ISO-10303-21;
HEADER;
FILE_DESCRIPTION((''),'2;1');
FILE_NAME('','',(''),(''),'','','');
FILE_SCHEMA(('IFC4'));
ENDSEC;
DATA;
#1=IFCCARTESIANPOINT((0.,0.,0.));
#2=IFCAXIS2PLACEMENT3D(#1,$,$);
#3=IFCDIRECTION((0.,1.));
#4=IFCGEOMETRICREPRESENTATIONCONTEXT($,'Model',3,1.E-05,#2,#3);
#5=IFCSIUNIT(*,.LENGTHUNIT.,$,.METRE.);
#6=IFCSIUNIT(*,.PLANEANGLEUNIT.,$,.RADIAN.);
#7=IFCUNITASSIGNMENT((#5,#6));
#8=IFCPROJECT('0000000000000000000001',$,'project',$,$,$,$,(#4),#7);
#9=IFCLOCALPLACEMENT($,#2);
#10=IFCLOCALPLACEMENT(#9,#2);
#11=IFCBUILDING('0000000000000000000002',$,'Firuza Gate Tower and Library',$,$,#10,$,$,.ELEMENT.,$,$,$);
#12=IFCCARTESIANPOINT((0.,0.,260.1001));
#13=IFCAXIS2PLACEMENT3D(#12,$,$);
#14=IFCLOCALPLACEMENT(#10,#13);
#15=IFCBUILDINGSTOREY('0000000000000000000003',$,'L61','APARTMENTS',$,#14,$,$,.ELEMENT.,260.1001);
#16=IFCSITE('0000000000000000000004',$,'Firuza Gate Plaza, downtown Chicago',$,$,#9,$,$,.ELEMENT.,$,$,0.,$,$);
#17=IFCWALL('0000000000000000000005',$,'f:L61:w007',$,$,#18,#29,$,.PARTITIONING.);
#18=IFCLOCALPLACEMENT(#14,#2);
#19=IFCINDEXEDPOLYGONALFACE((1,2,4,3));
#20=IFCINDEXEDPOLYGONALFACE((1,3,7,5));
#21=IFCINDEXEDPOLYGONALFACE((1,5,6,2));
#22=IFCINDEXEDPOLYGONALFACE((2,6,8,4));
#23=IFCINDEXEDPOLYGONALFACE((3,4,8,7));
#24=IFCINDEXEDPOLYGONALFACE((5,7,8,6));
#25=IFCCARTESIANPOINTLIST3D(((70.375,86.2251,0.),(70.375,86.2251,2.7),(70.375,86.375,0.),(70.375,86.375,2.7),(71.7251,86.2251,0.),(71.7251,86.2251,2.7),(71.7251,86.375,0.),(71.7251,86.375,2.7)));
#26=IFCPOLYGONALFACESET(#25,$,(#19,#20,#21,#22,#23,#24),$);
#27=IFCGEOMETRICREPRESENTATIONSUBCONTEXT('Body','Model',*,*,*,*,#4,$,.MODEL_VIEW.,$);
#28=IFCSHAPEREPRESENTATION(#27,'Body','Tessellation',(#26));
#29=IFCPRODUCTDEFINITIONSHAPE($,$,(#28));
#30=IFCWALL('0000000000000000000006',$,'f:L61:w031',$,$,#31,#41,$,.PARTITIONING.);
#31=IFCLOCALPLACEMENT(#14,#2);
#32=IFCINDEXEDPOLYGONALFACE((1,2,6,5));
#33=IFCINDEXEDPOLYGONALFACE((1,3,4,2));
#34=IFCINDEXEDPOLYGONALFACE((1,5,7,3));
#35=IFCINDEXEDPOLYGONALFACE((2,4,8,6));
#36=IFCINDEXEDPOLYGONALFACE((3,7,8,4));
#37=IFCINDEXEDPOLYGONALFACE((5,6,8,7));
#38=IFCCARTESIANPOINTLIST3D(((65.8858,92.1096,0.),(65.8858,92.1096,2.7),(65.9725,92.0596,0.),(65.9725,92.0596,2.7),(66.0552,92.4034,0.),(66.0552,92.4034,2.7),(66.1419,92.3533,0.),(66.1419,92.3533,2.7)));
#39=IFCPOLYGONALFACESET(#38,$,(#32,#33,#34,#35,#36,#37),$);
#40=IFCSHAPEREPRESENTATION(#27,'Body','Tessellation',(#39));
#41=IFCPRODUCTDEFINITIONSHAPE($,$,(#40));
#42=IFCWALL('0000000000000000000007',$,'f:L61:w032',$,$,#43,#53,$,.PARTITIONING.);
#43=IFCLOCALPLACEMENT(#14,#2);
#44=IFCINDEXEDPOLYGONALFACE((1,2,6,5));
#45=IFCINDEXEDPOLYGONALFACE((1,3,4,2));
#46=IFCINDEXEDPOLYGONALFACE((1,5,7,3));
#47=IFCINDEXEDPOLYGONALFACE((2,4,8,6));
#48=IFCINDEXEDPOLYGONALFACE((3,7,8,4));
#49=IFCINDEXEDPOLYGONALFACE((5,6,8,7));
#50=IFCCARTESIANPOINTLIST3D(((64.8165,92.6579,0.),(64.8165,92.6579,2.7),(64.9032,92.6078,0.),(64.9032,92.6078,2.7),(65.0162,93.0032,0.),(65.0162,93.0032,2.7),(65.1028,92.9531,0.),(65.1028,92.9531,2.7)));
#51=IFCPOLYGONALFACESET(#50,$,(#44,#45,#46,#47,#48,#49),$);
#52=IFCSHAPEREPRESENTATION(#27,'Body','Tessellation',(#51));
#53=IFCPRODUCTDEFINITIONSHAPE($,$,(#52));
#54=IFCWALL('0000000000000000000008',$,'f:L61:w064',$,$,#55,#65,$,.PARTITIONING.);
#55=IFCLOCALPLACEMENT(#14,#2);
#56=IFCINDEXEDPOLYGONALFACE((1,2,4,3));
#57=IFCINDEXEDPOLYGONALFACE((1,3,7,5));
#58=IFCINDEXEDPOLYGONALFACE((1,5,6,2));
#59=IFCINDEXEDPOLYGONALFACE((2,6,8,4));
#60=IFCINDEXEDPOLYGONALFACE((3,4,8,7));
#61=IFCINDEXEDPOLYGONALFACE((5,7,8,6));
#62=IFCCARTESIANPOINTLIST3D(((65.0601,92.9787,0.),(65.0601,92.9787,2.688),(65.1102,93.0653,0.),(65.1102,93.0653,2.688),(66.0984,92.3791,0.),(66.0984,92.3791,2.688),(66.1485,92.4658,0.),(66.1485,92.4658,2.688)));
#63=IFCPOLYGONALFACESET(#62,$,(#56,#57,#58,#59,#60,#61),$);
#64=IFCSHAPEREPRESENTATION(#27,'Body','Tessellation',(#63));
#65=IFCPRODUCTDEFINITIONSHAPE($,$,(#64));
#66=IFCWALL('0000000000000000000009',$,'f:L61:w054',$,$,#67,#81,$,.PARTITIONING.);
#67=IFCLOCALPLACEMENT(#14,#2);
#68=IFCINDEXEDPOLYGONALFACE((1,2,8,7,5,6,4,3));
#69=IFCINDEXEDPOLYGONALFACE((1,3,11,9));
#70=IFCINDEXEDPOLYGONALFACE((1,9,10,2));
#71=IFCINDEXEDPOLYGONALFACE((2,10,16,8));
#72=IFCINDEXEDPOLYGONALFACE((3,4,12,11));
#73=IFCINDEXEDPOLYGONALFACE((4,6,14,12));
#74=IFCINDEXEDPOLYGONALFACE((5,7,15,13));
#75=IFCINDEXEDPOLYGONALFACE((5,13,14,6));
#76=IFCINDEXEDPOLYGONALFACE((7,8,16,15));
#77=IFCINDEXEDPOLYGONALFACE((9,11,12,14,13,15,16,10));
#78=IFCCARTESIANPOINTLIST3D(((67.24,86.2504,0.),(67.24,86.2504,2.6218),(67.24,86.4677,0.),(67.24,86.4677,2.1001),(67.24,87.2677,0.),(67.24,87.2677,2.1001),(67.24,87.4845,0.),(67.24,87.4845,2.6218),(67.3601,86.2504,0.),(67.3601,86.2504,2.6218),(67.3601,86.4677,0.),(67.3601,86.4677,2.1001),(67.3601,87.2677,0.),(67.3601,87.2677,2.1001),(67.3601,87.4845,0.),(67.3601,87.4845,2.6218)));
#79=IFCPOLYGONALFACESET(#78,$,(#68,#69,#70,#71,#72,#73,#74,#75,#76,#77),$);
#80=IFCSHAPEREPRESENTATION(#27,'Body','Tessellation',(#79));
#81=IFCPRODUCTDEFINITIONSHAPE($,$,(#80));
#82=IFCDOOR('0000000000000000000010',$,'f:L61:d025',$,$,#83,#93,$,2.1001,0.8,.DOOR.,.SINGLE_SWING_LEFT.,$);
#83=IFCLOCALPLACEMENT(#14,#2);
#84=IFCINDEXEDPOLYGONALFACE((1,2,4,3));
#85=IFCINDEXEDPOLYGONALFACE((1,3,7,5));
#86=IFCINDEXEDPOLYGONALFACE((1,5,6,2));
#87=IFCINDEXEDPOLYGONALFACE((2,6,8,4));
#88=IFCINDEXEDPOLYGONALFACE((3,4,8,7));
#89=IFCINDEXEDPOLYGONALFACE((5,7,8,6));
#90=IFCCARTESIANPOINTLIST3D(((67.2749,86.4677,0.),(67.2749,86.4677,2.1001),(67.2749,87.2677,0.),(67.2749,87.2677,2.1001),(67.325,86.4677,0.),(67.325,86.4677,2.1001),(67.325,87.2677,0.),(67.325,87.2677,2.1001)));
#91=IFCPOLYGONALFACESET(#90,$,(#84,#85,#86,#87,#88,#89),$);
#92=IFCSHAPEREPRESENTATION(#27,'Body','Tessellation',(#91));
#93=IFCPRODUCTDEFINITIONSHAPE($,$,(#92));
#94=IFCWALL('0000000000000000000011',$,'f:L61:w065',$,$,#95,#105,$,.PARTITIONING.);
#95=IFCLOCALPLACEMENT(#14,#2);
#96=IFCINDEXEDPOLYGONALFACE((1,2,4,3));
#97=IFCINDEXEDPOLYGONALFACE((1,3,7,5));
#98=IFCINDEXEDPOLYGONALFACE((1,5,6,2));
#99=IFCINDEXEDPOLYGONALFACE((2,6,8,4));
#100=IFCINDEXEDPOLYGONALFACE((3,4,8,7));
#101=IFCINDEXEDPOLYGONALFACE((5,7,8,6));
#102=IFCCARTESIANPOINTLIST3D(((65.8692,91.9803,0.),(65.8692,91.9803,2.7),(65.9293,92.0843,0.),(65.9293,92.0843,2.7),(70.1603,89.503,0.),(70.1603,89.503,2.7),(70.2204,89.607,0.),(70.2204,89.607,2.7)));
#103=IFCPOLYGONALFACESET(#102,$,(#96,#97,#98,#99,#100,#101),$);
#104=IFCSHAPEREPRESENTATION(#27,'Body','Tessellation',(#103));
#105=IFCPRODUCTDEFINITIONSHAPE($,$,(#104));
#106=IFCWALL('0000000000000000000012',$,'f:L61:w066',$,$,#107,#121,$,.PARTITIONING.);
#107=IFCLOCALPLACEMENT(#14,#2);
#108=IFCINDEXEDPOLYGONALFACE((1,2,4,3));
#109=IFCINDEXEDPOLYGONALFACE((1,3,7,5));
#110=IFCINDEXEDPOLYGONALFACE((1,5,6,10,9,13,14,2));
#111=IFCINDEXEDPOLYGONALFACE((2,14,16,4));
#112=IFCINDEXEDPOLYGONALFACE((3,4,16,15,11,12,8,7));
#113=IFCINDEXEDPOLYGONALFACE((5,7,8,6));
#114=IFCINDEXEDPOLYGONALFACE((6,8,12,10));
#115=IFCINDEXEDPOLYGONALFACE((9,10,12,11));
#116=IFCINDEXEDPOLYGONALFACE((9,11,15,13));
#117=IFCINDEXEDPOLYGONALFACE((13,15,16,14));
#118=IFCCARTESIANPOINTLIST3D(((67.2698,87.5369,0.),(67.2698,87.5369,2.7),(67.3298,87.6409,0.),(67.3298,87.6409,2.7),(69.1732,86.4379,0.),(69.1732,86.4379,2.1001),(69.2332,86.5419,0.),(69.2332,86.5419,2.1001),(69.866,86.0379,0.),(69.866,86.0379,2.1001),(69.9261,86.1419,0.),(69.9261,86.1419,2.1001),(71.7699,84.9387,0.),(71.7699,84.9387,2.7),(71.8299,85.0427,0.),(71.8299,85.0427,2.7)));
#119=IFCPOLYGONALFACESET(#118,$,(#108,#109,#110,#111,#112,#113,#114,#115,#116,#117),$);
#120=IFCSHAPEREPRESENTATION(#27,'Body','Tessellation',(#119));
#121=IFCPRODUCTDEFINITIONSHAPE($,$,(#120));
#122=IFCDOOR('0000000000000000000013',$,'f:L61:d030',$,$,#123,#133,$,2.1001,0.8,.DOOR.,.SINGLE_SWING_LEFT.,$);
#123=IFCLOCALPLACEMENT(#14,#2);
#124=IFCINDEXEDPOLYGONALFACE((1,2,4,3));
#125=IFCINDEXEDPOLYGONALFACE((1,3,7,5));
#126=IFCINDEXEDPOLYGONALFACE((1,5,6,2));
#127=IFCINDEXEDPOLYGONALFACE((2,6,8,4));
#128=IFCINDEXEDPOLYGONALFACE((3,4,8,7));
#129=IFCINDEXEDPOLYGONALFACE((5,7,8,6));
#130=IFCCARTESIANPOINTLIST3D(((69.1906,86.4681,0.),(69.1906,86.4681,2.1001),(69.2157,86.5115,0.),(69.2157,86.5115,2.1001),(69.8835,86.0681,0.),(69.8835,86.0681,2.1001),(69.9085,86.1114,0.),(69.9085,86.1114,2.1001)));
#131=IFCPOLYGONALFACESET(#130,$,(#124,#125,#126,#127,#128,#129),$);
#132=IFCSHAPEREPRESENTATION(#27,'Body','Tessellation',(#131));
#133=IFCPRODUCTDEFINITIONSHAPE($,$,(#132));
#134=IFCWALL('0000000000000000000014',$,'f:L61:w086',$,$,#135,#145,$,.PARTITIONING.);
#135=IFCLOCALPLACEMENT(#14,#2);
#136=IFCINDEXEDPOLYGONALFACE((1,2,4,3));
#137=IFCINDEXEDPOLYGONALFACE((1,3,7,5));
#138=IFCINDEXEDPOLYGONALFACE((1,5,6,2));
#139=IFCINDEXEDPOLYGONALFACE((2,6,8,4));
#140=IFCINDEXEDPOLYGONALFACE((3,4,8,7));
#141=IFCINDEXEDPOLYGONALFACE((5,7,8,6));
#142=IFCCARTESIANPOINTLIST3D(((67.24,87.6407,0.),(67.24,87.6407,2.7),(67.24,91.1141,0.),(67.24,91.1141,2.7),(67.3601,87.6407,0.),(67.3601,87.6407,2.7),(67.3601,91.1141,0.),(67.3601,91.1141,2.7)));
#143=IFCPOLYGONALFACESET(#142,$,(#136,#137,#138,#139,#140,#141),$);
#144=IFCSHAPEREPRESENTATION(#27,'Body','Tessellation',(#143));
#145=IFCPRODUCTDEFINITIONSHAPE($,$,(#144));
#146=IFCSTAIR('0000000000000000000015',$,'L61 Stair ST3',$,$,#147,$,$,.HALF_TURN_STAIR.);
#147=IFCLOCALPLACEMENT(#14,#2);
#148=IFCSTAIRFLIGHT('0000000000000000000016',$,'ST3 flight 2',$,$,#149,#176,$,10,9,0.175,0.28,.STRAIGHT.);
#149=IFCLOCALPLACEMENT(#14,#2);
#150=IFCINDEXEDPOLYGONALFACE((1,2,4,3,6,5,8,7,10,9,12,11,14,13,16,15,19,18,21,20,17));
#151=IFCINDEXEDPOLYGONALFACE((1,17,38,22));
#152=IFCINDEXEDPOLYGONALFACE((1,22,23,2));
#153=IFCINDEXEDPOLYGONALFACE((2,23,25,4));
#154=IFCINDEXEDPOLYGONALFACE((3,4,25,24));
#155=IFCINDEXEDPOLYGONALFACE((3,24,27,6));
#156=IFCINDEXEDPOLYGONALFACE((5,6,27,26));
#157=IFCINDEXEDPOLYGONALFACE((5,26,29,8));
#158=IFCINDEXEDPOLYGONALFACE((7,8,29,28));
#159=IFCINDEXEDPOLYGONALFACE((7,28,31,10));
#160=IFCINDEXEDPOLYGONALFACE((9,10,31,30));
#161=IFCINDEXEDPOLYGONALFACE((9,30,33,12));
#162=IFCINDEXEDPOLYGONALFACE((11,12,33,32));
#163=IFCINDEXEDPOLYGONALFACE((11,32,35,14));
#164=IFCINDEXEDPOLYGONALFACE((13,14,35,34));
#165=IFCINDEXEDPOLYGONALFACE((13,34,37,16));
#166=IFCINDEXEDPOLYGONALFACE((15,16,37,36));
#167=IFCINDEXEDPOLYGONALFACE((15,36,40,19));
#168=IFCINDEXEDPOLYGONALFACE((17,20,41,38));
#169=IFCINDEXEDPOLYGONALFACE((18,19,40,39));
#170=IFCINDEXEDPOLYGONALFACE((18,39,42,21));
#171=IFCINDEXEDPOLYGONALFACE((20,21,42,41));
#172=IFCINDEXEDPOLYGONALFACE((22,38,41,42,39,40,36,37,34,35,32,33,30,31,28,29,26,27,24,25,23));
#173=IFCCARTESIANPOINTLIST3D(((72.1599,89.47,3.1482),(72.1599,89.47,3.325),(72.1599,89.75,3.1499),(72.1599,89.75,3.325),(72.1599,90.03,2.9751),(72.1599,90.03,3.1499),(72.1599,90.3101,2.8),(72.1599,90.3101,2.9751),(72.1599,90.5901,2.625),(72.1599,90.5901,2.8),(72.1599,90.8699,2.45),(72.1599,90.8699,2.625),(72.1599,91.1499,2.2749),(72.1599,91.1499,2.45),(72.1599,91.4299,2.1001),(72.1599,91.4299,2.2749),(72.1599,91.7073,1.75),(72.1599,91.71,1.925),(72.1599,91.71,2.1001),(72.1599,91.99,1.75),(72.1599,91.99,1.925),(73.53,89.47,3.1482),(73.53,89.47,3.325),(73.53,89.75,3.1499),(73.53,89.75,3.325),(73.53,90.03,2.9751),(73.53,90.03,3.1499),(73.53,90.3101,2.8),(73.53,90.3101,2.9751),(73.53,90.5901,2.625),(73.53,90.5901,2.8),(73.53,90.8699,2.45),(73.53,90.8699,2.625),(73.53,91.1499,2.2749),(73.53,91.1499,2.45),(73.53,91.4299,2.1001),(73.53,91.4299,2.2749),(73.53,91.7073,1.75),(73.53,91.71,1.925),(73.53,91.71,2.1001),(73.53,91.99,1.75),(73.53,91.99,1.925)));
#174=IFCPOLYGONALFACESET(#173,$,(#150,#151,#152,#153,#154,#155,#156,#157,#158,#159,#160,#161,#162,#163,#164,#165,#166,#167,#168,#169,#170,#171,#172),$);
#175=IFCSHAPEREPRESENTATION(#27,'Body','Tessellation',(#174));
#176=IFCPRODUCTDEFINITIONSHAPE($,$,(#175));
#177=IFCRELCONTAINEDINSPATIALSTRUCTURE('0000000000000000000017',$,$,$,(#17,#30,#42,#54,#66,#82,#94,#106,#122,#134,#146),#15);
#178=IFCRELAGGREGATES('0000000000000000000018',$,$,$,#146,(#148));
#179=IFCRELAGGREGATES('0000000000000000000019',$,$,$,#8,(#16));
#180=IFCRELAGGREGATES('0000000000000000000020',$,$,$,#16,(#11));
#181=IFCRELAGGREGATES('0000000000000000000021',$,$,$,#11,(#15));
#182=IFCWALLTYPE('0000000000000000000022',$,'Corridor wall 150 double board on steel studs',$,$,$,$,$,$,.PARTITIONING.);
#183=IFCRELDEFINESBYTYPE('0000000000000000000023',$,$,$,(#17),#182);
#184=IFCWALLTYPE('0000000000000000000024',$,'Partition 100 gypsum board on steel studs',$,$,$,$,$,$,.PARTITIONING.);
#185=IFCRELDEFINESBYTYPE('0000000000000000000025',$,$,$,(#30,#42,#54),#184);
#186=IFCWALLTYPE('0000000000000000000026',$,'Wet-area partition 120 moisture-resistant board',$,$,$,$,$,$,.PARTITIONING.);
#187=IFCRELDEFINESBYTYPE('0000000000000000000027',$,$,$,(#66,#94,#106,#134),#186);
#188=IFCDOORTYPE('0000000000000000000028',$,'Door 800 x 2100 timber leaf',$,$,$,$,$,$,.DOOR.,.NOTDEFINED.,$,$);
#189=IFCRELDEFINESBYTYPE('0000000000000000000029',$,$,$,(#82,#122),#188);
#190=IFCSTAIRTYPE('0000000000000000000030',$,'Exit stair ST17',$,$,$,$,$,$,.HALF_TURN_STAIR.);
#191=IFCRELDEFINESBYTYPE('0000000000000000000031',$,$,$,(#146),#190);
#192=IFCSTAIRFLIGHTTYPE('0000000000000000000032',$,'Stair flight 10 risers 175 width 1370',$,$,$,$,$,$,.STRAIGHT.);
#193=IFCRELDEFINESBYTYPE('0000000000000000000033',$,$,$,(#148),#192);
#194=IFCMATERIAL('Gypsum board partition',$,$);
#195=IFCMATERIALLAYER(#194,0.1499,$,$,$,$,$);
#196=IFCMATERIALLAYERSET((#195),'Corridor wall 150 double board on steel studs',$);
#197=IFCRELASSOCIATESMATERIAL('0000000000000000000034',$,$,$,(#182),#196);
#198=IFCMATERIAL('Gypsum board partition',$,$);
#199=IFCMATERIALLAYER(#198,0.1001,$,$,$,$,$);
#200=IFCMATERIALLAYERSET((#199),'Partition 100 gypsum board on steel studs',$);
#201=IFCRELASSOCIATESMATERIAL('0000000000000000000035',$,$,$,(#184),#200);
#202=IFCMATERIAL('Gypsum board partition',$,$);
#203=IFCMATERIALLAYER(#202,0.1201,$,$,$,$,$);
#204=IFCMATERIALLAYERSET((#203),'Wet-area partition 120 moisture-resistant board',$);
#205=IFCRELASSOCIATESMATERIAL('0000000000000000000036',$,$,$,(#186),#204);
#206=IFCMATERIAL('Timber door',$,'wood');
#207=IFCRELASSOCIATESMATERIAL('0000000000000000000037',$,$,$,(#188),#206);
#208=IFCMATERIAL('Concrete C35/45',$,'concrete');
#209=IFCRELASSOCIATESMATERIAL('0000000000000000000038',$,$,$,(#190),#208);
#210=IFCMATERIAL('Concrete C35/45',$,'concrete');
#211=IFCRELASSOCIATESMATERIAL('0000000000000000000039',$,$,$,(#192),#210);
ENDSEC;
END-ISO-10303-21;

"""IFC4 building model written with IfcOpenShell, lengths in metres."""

from ifc_helpers import new_model, si_unit, direction, frame, frame_2d, origin, place, context, subcontext, project, spatial, polyline, rectangle, outline, extrude, material, layer, layer_set, type_object, element, fill, aggregate, save


model = new_model("IFC4")

# Units and contexts
model_context = context("Model", 3, precision=1e-05, world=origin(), true_north=direction((0.0, 1.0)))
body_context = subcontext(model_context, "Body", "Model", "MODEL_VIEW")
ifc_project = project(units=[si_unit("LENGTHUNIT", "METRE"), si_unit("PLANEANGLEUNIT", "RADIAN")], contexts=[model_context])

# Site, building, storey
site_placement = place(None, origin())
site = spatial("IfcSite", under=ifc_project, at=site_placement, Name="Firuza Gate Plaza, downtown Chicago", CompositionType="ELEMENT", RefElevation=0.0)
building_placement = place(site_placement, origin())
building = spatial("IfcBuilding", under=site, at=building_placement, Name="Firuza Gate Tower and Library", CompositionType="ELEMENT")
storey_placement = place(building_placement, frame((0.0, 0.0, 260.1001)))
storey = spatial("IfcBuildingStorey", under=building, at=storey_placement, Name="L61", Description="APARTMENTS", CompositionType="ELEMENT", Elevation=260.1001)

# Shared definitions
placement = place(storey_placement, origin())

# Walls
ifc_material_1 = material(Name="Gypsum board partition")
ifc_layer_1 = layer(ifc_material_1, 0.1499)
ifc_layer_set_1 = layer_set([ifc_layer_1], Name="Corridor wall 150 double board on steel studs")
wall_type_1 = type_object("IfcWallType", Name="Corridor wall 150 double board on steel studs", PredefinedType="PARTITIONING", material=ifc_layer_set_1)
wall_1_placement = place(storey_placement, frame((70.375, 86.3, 0.0), z_axis=(0.0, 0.0, 1.0), x_axis=(1.0, 0.0, 0.0)))
element("IfcWall", 1, at=wall_1_placement, inside=storey, type_object=wall_type_1, Name="f:L61:w007", PredefinedType="PARTITIONING", context=body_context, shape_type="SweptSolid", body=[
    extrude(rectangle(XDim=1.3501, YDim=0.1499, at=frame_2d((0.675, 0.0))), origin(), (0.0, 0.0, 1.0), 2.7),
])
ifc_material_2 = material(Name="Gypsum board partition")
ifc_layer_2 = layer(ifc_material_2, 0.1001)
ifc_layer_set_2 = layer_set([ifc_layer_2], Name="Partition 100 gypsum board on steel studs")
wall_type_2 = type_object("IfcWallType", Name="Partition 100 gypsum board on steel studs", PredefinedType="PARTITIONING", material=ifc_layer_set_2)
wall_2_placement = place(storey_placement, frame((65.9292, 92.0847, 0.0), z_axis=(0.0, 0.0, 1.0), x_axis=(0.499702, 0.866198, 0.0)))
element("IfcWall", 2, at=wall_2_placement, inside=storey, type_object=wall_type_2, Name="f:L61:w031", PredefinedType="PARTITIONING", context=body_context, shape_type="SweptSolid", body=[
    extrude(rectangle(XDim=0.3391, YDim=0.1001, at=frame_2d((0.1694, 0.0))), origin(), (0.0, 0.0, 1.0), 2.7),
])
wall_3_placement = place(storey_placement, frame((64.8599, 92.6328, 0.0), z_axis=(0.0, 0.0, 1.0), x_axis=(0.500481, 0.865747, 0.0)))
element("IfcWall", 3, at=wall_3_placement, inside=storey, type_object=wall_type_2, Name="f:L61:w032", PredefinedType="PARTITIONING", context=body_context, shape_type="SweptSolid", body=[
    extrude(rectangle(XDim=0.3989, YDim=0.1001, at=frame_2d((0.1995, 0.0))), origin(), (0.0, 0.0, 1.0), 2.7),
])
wall_4_placement = place(storey_placement, frame((66.1235, 92.4224, 0.0), z_axis=(0.0, 0.0, 1.0), x_axis=(-0.865979, 0.500081, 0.0)))
element("IfcWall", 4, at=wall_4_placement, inside=storey, type_object=wall_type_2, Name="f:L61:w064", PredefinedType="PARTITIONING", context=body_context, shape_type="SweptSolid", body=[
    extrude(rectangle(XDim=1.199, YDim=0.1001, at=frame_2d((0.5996, 0.0))), origin(), (0.0, 0.0, 1.0), 2.688),
])

# Wall, opening, door
ifc_material_3 = material(Name="Gypsum board partition")
ifc_layer_3 = layer(ifc_material_3, 0.1201)
ifc_layer_set_3 = layer_set([ifc_layer_3], Name="Wet-area partition 120 moisture-resistant board")
wall_type_3 = type_object("IfcWallType", Name="Wet-area partition 120 moisture-resistant board", PredefinedType="PARTITIONING", material=ifc_layer_set_3)
wall_5_placement = place(storey_placement, frame((67.3, 87.4846, 0.0), z_axis=(0.0, 0.0, 1.0), x_axis=(0.0, -1.0, 0.0)))
wall_5 = element("IfcWall", 5, at=wall_5_placement, inside=storey, type_object=wall_type_3, Name="f:L61:w054", PredefinedType="PARTITIONING", context=body_context, shape_type="SweptSolid", body=[
    extrude(rectangle(XDim=1.2341, YDim=0.1201, at=frame_2d((0.6172, 0.0))), origin(), (0.0, 0.0, 1.0), 2.6218),
])
opening_1_placement = place(wall_5_placement, frame((0.217, 0.0, 0.0)))
opening_1 = element("IfcOpeningElement", 6, at=opening_1_placement, cuts=wall_5, PredefinedType="OPENING", context=body_context, shape_type="SweptSolid", body=[
    extrude(rectangle(XDim=0.8, YDim=2.1001, at=frame_2d((0.3999, 1.05))), frame((0.0, 0.0701, 0.0), z_axis=(0.0, -1.0, 0.0), x_axis=(1.0, 0.0, 0.0)), (0.0, 0.0, 1.0), 0.1401),
])
ifc_material_4 = material(Name="Timber door", Category="wood")
door_type_1 = type_object("IfcDoorType", Name="Door 800 x 2100 timber leaf", OperationType="NOTDEFINED", PredefinedType="DOOR", material=ifc_material_4)
door_1_placement = place(opening_1_placement, origin())
door_1 = element("IfcDoor", 7, at=door_1_placement, inside=storey, type_object=door_type_1, Name="f:L61:d025", OperationType="SINGLE_SWING_LEFT", OverallHeight=2.1001, OverallWidth=0.8, PredefinedType="DOOR", context=body_context, shape_type="SweptSolid", body=[
    extrude(rectangle(XDim=0.8, YDim=2.1001, at=frame_2d((0.3999, 1.05))), frame((0.0, 0.0249, 0.0), z_axis=(0.0, -1.0, 0.0), x_axis=(1.0, 0.0, 0.0)), (0.0, 0.0, 1.0), 0.05),
])
fill(opening_1, door_1)

# Wall
wall_6_placement = place(storey_placement, frame((70.1904, 89.5549, 0.0), z_axis=(0.0, 0.0, 1.0), x_axis=(-0.866036, 0.499981, 0.0)))
element("IfcWall", 8, at=wall_6_placement, inside=storey, type_object=wall_type_3, Name="f:L61:w065", PredefinedType="PARTITIONING", context=body_context, shape_type="SweptSolid", body=[
    extrude(rectangle(XDim=4.9548, YDim=0.1201, at=frame_2d((2.4775, 0.0))), origin(), (0.0, 0.0, 1.0), 2.7),
])

# Wall, opening, door
wall_7_placement = place(storey_placement, frame((67.2998, 87.5889, 0.0), z_axis=(0.0, 0.0, 1.0), x_axis=(0.86602, -0.50001, 0.0)))
wall_7 = element("IfcWall", 9, at=wall_7_placement, inside=storey, type_object=wall_type_3, Name="f:L61:w066", PredefinedType="PARTITIONING", context=body_context, shape_type="SweptSolid", body=[
    extrude(rectangle(XDim=5.1963, YDim=0.1201, at=frame_2d((2.5981, 0.0))), origin(), (0.0, 0.0, 1.0), 2.7),
])
opening_2_placement = place(wall_7_placement, frame((2.198, 0.0, 0.0)))
opening_2 = element("IfcOpeningElement", 10, at=opening_2_placement, cuts=wall_7, PredefinedType="OPENING", context=body_context, shape_type="SweptSolid", body=[
    extrude(rectangle(XDim=0.8, YDim=2.1001, at=frame_2d((0.3999, 1.05))), frame((0.0, 0.0701, 0.0), z_axis=(0.0, -1.0, 0.0), x_axis=(1.0, 0.0, 0.0)), (0.0, 0.0, 1.0), 0.1401),
])
door_2_placement = place(opening_2_placement, origin())
door_2 = element("IfcDoor", 11, at=door_2_placement, inside=storey, type_object=door_type_1, Name="f:L61:d030", OperationType="SINGLE_SWING_LEFT", OverallHeight=2.1001, OverallWidth=0.8, PredefinedType="DOOR", context=body_context, shape_type="SweptSolid", body=[
    extrude(rectangle(XDim=0.8, YDim=2.1001, at=frame_2d((0.3999, 1.05))), frame((0.0, 0.0249, 0.0), z_axis=(0.0, -1.0, 0.0), x_axis=(1.0, 0.0, 0.0)), (0.0, 0.0, 1.0), 0.05),
])
fill(opening_2, door_2)

# Wall
wall_8_placement = place(storey_placement, frame((67.3, 87.6406, 0.0), z_axis=(0.0, 0.0, 1.0), x_axis=(0.0, 1.0, 0.0)))
element("IfcWall", 12, at=wall_8_placement, inside=storey, type_object=wall_type_3, Name="f:L61:w086", PredefinedType="PARTITIONING", context=body_context, shape_type="SweptSolid", body=[
    extrude(rectangle(XDim=3.4734, YDim=0.1201, at=frame_2d((1.7368, 0.0))), origin(), (0.0, 0.0, 1.0), 2.7),
])

# Stair, stair flight
ifc_material_5 = material(Name="Concrete C35/45", Category="concrete")
stair_type = type_object("IfcStairType", Name="Exit stair ST17", PredefinedType="HALF_TURN_STAIR", material=ifc_material_5)
stair = element("IfcStair", 13, at=placement, inside=storey, type_object=stair_type, Name="L61 Stair ST3", PredefinedType="HALF_TURN_STAIR")
ifc_material_6 = material(Name="Concrete C35/45", Category="concrete")
stair_flight_type = type_object("IfcStairFlightType", Name="Stair flight 10 risers 175 width 1370", PredefinedType="STRAIGHT", material=ifc_material_6)
stair_flight_placement = place(storey_placement, frame((72.845, 91.99, 1.75), z_axis=(0.0, 0.0, 1.0), x_axis=(0.0, -1.0, 0.0)))
stair_flight = element("IfcStairFlight", 14, at=stair_flight_placement, type_object=stair_flight_type, Name="ST3 flight 2", NumberOfRisers=10, NumberOfTreads=9, PredefinedType="STRAIGHT", RiserHeight=0.175, TreadLength=0.28, context=body_context, shape_type="SweptSolid", body=[
    extrude(outline(polyline([(0.0, 0.0), (0.0, 0.175), (0.28, 0.175), (0.28, 0.3501), (0.5601, 0.3501), (0.5601, 0.5249), (0.8401, 0.5249), (0.8401, 0.7), (1.1201, 0.7), (1.1201, 0.875), (1.3999, 0.875), (1.3999, 1.05), (1.6799, 1.05), (1.6799, 1.2251), (1.96, 1.2251), (1.96, 1.3999), (2.24, 1.3999), (2.24, 1.575), (2.52, 1.575), (2.52, 1.75), (2.52, 1.3982), (0.2827, 0.0), (0.0, 0.0)])), frame((0.0, 0.6851, 0.0), z_axis=(0.0, -1.0, 0.0), x_axis=(1.0, 0.0, 0.0)), (0.0, 0.0, 1.0), 1.3701),
])
aggregate(stair, [stair_flight])

save(model, "model.ifc")
